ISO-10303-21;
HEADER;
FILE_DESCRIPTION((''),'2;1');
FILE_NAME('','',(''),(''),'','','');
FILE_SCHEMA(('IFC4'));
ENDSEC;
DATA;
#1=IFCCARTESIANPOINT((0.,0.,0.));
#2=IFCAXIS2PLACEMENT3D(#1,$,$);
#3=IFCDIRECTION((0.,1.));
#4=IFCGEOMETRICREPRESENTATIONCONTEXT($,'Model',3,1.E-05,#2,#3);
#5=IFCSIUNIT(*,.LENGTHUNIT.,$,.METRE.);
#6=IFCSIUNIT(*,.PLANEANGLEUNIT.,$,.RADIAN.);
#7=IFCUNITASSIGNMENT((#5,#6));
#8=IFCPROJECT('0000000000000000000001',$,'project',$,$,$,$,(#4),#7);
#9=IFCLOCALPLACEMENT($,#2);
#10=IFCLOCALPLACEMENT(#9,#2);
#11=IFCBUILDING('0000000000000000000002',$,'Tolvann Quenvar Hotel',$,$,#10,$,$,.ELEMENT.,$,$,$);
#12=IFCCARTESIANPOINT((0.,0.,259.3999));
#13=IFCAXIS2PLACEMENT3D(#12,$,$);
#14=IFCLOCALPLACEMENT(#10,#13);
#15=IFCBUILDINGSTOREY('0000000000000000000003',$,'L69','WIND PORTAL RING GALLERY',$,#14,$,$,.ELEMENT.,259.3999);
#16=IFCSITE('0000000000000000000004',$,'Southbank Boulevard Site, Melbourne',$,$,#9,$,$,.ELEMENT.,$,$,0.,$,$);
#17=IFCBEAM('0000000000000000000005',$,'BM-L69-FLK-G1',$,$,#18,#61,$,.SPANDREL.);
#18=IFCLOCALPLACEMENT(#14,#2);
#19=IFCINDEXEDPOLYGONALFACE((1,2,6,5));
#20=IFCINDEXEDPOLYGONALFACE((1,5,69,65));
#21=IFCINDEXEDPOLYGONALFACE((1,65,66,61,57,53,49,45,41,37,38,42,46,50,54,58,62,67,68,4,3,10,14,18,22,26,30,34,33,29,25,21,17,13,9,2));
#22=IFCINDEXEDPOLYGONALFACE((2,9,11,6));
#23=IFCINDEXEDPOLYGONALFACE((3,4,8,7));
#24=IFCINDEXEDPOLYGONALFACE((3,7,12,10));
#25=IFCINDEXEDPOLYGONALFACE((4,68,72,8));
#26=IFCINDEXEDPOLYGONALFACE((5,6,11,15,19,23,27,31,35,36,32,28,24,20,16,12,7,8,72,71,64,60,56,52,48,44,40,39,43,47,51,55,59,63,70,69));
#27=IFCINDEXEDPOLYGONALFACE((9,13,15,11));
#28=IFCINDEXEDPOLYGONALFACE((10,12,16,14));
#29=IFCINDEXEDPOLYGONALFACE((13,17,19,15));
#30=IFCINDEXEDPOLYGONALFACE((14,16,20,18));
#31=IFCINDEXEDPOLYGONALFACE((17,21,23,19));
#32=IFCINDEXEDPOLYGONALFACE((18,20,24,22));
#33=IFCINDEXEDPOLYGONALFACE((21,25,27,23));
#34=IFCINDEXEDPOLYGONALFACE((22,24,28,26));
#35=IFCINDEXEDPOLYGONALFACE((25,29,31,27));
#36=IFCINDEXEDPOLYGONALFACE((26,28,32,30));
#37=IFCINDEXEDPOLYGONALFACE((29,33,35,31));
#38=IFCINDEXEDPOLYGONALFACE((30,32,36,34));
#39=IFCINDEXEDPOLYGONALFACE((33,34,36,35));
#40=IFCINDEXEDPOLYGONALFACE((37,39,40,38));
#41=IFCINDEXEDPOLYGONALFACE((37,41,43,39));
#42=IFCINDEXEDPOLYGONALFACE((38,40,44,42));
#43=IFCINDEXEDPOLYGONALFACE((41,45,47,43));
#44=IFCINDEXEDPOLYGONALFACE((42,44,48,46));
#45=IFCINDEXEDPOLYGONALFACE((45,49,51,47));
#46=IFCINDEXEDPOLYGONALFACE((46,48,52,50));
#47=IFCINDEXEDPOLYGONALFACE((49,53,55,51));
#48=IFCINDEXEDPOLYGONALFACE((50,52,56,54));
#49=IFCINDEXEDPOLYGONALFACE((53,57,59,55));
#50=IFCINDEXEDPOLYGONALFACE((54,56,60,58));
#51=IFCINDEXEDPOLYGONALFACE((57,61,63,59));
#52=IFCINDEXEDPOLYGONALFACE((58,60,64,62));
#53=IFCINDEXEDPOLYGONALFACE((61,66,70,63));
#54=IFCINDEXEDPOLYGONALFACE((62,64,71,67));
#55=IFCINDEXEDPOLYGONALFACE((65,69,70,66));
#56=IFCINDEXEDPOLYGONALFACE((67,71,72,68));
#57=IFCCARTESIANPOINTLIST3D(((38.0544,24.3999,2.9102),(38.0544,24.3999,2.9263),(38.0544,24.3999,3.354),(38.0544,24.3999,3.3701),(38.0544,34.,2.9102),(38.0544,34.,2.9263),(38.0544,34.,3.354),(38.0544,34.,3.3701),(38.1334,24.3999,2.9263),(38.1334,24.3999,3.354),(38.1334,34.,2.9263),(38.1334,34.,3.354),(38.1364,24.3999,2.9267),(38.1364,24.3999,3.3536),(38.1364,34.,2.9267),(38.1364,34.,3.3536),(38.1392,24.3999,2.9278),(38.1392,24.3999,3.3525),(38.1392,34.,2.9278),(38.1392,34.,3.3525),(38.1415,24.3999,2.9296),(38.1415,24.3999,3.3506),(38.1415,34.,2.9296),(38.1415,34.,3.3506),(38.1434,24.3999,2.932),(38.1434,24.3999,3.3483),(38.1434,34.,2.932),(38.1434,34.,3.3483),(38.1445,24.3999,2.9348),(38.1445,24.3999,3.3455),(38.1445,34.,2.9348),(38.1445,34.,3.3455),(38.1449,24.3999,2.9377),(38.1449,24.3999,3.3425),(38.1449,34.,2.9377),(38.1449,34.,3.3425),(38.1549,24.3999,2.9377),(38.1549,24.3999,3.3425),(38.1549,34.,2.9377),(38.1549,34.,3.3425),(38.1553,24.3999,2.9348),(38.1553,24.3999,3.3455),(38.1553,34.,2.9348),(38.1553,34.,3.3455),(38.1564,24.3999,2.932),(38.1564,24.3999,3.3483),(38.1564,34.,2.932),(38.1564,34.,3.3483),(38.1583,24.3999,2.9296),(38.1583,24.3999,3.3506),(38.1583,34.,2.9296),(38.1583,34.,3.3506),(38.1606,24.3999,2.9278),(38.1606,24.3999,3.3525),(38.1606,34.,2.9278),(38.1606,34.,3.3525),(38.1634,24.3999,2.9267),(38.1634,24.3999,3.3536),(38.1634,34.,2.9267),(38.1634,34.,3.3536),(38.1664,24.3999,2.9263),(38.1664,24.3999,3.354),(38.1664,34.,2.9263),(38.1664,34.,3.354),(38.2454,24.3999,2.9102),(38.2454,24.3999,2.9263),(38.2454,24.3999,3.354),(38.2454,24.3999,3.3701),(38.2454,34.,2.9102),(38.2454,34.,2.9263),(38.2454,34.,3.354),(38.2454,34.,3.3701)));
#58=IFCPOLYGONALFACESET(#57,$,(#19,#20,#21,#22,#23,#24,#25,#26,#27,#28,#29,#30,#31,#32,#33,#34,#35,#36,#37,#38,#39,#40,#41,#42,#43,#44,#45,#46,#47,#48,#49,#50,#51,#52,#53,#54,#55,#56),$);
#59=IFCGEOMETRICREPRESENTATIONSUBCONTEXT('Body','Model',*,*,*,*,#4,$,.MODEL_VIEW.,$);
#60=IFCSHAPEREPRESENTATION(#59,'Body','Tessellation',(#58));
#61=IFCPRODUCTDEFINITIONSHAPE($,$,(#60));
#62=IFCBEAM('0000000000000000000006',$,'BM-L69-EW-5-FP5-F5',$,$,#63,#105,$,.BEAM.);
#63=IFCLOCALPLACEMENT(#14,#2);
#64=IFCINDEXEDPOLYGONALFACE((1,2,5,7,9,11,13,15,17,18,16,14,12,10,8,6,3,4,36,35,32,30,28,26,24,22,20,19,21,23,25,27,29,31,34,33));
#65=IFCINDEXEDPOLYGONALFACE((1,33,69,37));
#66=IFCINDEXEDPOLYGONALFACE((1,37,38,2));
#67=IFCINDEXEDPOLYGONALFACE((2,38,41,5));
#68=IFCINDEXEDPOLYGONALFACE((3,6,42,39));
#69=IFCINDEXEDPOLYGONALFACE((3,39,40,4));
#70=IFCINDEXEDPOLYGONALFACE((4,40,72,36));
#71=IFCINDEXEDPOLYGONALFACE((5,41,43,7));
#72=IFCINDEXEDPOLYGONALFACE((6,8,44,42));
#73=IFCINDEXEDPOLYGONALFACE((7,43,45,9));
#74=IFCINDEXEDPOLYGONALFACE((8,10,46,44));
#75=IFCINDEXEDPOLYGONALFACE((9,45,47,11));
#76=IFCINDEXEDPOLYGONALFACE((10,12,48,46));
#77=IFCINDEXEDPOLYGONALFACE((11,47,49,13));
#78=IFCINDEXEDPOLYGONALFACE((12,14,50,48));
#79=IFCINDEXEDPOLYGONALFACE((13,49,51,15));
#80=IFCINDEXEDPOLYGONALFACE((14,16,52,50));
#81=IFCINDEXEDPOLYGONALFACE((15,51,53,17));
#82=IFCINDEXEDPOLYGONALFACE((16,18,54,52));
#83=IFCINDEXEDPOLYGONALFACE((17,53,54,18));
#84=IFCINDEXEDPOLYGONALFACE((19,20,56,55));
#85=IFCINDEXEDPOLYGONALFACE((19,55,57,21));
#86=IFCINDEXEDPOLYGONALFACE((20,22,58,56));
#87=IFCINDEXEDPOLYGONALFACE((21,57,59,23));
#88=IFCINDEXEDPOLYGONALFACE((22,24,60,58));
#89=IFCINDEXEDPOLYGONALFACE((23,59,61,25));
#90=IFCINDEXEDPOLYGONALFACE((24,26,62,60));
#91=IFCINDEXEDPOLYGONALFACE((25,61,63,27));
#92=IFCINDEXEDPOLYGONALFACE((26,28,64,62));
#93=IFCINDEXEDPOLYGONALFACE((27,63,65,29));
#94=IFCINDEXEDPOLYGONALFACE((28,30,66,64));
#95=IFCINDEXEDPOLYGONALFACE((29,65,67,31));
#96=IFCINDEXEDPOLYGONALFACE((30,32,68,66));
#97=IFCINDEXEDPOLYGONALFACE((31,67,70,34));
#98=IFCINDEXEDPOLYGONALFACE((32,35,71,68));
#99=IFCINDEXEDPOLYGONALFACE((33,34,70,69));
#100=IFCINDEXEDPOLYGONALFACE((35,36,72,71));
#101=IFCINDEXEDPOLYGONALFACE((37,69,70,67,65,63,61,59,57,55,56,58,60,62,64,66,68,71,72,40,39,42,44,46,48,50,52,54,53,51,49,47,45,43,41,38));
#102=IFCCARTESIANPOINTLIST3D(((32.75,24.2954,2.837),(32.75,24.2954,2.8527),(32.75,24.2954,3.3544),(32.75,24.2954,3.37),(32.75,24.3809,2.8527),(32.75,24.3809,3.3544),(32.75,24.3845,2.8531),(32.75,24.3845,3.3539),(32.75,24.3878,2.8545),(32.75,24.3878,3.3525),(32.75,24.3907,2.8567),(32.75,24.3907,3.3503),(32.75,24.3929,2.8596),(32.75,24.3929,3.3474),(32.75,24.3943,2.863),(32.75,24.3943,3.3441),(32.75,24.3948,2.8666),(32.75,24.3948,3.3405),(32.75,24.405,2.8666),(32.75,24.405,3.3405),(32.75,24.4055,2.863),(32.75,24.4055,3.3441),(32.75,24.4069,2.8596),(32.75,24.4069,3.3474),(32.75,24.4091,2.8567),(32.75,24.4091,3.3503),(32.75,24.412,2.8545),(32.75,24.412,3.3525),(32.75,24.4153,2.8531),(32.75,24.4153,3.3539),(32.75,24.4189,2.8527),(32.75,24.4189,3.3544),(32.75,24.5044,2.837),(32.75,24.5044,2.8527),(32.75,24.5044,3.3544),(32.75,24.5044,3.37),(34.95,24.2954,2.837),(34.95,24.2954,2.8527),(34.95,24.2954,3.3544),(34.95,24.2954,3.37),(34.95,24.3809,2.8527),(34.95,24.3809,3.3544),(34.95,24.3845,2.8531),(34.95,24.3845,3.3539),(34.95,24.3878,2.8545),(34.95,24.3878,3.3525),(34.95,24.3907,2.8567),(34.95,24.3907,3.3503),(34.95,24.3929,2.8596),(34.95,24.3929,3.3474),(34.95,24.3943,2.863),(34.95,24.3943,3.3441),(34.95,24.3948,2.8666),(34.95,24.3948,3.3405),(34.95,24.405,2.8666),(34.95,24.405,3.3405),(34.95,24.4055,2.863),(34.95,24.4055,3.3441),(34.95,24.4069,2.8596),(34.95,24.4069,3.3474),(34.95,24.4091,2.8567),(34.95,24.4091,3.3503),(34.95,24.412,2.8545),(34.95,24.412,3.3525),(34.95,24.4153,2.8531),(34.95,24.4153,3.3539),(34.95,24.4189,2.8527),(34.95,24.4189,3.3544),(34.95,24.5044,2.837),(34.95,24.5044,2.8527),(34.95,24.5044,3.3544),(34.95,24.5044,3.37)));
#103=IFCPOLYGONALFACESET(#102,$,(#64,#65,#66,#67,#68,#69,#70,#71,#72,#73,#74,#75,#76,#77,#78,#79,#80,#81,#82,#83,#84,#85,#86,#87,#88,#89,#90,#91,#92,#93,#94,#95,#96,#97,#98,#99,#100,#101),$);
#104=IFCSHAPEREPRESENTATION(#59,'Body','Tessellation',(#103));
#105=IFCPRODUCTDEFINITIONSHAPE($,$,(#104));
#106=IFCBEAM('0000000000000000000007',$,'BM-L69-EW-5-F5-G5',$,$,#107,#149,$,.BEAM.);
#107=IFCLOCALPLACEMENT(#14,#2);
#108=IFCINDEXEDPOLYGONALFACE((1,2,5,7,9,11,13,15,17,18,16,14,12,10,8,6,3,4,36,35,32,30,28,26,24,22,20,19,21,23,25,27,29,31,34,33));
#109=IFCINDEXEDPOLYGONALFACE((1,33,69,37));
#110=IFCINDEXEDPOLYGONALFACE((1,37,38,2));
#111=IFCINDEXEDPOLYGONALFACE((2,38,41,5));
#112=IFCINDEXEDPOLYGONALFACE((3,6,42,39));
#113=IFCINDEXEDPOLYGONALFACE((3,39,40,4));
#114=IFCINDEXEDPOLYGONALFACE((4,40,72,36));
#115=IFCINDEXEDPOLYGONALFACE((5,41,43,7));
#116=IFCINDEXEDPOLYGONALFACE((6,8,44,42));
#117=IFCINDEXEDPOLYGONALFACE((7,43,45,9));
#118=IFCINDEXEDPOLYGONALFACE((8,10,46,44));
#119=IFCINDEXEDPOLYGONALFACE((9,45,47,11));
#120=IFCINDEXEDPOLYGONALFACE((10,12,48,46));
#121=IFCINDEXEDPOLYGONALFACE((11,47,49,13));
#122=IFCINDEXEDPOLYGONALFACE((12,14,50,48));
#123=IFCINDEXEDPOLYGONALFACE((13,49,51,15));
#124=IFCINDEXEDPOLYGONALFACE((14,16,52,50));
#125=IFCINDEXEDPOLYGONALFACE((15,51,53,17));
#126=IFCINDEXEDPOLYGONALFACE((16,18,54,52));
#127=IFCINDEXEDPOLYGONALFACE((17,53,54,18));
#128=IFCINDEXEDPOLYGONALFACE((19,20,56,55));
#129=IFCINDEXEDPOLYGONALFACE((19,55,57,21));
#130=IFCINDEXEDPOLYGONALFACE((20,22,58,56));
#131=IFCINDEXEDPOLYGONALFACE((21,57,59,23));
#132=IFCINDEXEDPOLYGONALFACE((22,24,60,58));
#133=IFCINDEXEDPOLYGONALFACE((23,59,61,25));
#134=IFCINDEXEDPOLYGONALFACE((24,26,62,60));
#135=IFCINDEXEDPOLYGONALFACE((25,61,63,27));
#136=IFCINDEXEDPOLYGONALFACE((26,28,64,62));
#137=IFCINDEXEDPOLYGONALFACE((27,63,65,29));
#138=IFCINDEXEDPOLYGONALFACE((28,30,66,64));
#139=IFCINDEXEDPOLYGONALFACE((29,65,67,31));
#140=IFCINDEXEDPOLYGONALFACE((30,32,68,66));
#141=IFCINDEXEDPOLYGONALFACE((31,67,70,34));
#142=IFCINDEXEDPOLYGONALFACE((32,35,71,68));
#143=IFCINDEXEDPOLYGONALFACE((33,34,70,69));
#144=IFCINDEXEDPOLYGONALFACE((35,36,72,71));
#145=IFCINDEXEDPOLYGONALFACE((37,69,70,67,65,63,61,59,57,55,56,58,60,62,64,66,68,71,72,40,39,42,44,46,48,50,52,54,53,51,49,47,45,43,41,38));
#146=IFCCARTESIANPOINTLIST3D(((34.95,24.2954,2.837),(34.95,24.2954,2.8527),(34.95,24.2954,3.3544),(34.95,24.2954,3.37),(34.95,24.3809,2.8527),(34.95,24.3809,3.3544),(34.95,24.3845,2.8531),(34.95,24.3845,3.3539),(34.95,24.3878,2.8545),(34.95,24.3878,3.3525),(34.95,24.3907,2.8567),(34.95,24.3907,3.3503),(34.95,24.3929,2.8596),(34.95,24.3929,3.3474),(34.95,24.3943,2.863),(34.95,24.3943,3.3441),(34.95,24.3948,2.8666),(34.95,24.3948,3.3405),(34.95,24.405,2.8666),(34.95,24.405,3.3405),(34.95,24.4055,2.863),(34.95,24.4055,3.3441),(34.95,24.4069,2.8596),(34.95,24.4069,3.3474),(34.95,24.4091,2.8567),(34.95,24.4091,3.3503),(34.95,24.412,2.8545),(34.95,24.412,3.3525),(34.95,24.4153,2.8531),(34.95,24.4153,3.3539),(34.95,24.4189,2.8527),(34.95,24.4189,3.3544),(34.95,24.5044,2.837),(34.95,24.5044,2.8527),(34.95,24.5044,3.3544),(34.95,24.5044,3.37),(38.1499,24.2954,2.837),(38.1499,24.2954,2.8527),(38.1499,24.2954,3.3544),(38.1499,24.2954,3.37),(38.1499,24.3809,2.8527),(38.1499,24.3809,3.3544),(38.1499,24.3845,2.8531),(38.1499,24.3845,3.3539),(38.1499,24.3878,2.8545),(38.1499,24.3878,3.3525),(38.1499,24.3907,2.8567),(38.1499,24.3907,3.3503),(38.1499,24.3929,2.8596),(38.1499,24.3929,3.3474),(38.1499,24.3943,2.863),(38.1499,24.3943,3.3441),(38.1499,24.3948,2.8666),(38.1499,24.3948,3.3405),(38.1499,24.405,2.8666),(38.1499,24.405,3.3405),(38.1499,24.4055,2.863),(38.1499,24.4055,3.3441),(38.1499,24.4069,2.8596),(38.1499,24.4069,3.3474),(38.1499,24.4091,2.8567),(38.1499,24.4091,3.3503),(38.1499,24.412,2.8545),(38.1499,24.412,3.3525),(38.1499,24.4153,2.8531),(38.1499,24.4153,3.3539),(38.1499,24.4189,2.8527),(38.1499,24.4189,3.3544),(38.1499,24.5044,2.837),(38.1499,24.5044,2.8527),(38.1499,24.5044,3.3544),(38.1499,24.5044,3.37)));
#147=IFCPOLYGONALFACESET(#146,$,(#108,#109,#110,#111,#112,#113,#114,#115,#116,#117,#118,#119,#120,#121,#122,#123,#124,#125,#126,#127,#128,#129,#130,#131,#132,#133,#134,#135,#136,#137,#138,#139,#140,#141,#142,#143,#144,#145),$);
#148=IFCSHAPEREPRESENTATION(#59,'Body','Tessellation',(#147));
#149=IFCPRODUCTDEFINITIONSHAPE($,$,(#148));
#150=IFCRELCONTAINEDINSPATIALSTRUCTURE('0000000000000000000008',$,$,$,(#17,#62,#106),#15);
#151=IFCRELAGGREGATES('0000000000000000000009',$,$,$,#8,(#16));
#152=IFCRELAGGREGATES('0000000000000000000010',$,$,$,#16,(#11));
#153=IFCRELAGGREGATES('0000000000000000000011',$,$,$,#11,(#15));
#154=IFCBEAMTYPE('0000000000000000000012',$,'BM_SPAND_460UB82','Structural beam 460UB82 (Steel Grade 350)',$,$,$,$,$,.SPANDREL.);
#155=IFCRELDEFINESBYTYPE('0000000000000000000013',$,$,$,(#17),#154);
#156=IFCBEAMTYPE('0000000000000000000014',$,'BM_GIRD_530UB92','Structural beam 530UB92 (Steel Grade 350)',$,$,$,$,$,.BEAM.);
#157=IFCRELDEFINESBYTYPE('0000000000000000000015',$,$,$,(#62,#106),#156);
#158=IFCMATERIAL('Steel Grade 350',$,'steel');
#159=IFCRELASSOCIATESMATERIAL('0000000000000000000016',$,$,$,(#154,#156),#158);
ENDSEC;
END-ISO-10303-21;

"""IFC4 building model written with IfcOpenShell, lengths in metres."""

from ifc_helpers import new_model, si_unit, direction, frame, origin, origin_2d, place, context, subcontext, project, spatial, i_section, extrude, source, transform, mapped, material, material_profile, profile_set, type_object, type_shapes, element, save


model = new_model("IFC4")

# Units and contexts
model_context = context("Model", 3, precision=1e-05, world=origin(), true_north=direction((0.0, 1.0)))
body_context = subcontext(model_context, "Body", "Model", "MODEL_VIEW")
ifc_project = project(units=[si_unit("LENGTHUNIT", "METRE"), si_unit("PLANEANGLEUNIT", "RADIAN")], contexts=[model_context])

# Site, building, storey
site_placement = place(None, origin())
site = spatial("IfcSite", under=ifc_project, at=site_placement, Name="Southbank Boulevard Site, Melbourne", CompositionType="ELEMENT", RefElevation=0.0)
building_placement = place(site_placement, origin())
building = spatial("IfcBuilding", under=site, at=building_placement, Name="Tolvann Quenvar Hotel", CompositionType="ELEMENT")
storey_placement = place(building_placement, frame((0.0, 0.0, 259.3999)))
storey = spatial("IfcBuildingStorey", under=building, at=storey_placement, Name="L69", Description="WIND PORTAL RING GALLERY", CompositionType="ELEMENT", Elevation=259.3999)

# Shared definitions
ifc_material_1 = material(Name="Steel Grade 350", Category="steel")

# Beams
ifc_material_profile_1 = material_profile(ifc_material_1, i_section(OverallWidth=0.1909, OverallDepth=0.46, WebThickness=0.01, FlangeThickness=0.0161, FilletRadius=0.0115, at=origin_2d()), Name="460UB82")
ifc_profile_set_1 = profile_set([ifc_material_profile_1], Name="Steel Grade 350")
beam_type_1 = type_object("IfcBeamType", Name="BM_SPAND_460UB82", Description="Structural beam 460UB82 (Steel Grade 350)", PredefinedType="SPANDREL", material=ifc_profile_set_1)
shared_shape_1 = source(origin(), body_context, "Body", "SweptSolid", [
    extrude(i_section(OverallWidth=0.1909, OverallDepth=0.46, WebThickness=0.01, FlangeThickness=0.0161, FilletRadius=0.0115, at=origin_2d()), origin(), (0.0, 0.0, 1.0), 9.6001),
])
type_shapes(beam_type_1, [shared_shape_1])
beam_1_placement = place(storey_placement, frame((38.1499, 24.3999, 3.1401), z_axis=(0.0, 1.0, 0.0), x_axis=(-1.0, 0.0, 0.0)))
element("IfcBeam", 1, at=beam_1_placement, inside=storey, type_object=beam_type_1, Name="BM-L69-FLK-G1", PredefinedType="SPANDREL", context=body_context, shape_type="MappedRepresentation", body=[
    mapped(shared_shape_1, transform((0.0, 0.0, 0.0), x_axis=(1.0, 0.0, 0.0), y_axis=(0.0, 1.0, 0.0), z_axis=(0.0, 0.0, 1.0), scale=1.0)),
])
ifc_material_profile_2 = material_profile(ifc_material_1, i_section(OverallWidth=0.209, OverallDepth=0.533, WebThickness=0.0103, FlangeThickness=0.0156, FilletRadius=0.0139, at=origin_2d()), Name="530UB92")
ifc_profile_set_2 = profile_set([ifc_material_profile_2], Name="Steel Grade 350")
beam_type_2 = type_object("IfcBeamType", Name="BM_GIRD_530UB92", Description="Structural beam 530UB92 (Steel Grade 350)", PredefinedType="BEAM", material=ifc_profile_set_2)
shared_shape_2 = source(origin(), body_context, "Body", "SweptSolid", [
    extrude(i_section(OverallWidth=0.209, OverallDepth=0.533, WebThickness=0.0103, FlangeThickness=0.0156, FilletRadius=0.0139, at=origin_2d()), origin(), (0.0, 0.0, 1.0), 2.2),
])
beam_2_placement = place(storey_placement, frame((32.75, 24.3999, 3.1035), z_axis=(1.0, 0.0, 0.0), x_axis=(0.0, 1.0, 0.0)))
element("IfcBeam", 2, at=beam_2_placement, inside=storey, type_object=beam_type_2, Name="BM-L69-EW-5-FP5-F5", PredefinedType="BEAM", context=body_context, shape_type="MappedRepresentation", body=[
    mapped(shared_shape_2, transform((0.0, 0.0, 0.0), x_axis=(1.0, 0.0, 0.0), y_axis=(0.0, 1.0, 0.0), z_axis=(0.0, 0.0, 1.0), scale=1.0)),
])
shared_shape_3 = source(origin(), body_context, "Body", "SweptSolid", [
    extrude(i_section(OverallWidth=0.209, OverallDepth=0.533, WebThickness=0.0103, FlangeThickness=0.0156, FilletRadius=0.0139, at=origin_2d()), origin(), (0.0, 0.0, 1.0), 3.2),
])
beam_3_placement = place(storey_placement, frame((34.95, 24.3999, 3.1035), z_axis=(1.0, 0.0, 0.0), x_axis=(0.0, 1.0, 0.0)))
element("IfcBeam", 3, at=beam_3_placement, inside=storey, type_object=beam_type_2, Name="BM-L69-EW-5-F5-G5", PredefinedType="BEAM", context=body_context, shape_type="MappedRepresentation", body=[
    mapped(shared_shape_3, transform((0.0, 0.0, 0.0), x_axis=(1.0, 0.0, 0.0), y_axis=(0.0, 1.0, 0.0), z_axis=(0.0, 0.0, 1.0), scale=1.0)),
])

save(model, "model.ifc")
